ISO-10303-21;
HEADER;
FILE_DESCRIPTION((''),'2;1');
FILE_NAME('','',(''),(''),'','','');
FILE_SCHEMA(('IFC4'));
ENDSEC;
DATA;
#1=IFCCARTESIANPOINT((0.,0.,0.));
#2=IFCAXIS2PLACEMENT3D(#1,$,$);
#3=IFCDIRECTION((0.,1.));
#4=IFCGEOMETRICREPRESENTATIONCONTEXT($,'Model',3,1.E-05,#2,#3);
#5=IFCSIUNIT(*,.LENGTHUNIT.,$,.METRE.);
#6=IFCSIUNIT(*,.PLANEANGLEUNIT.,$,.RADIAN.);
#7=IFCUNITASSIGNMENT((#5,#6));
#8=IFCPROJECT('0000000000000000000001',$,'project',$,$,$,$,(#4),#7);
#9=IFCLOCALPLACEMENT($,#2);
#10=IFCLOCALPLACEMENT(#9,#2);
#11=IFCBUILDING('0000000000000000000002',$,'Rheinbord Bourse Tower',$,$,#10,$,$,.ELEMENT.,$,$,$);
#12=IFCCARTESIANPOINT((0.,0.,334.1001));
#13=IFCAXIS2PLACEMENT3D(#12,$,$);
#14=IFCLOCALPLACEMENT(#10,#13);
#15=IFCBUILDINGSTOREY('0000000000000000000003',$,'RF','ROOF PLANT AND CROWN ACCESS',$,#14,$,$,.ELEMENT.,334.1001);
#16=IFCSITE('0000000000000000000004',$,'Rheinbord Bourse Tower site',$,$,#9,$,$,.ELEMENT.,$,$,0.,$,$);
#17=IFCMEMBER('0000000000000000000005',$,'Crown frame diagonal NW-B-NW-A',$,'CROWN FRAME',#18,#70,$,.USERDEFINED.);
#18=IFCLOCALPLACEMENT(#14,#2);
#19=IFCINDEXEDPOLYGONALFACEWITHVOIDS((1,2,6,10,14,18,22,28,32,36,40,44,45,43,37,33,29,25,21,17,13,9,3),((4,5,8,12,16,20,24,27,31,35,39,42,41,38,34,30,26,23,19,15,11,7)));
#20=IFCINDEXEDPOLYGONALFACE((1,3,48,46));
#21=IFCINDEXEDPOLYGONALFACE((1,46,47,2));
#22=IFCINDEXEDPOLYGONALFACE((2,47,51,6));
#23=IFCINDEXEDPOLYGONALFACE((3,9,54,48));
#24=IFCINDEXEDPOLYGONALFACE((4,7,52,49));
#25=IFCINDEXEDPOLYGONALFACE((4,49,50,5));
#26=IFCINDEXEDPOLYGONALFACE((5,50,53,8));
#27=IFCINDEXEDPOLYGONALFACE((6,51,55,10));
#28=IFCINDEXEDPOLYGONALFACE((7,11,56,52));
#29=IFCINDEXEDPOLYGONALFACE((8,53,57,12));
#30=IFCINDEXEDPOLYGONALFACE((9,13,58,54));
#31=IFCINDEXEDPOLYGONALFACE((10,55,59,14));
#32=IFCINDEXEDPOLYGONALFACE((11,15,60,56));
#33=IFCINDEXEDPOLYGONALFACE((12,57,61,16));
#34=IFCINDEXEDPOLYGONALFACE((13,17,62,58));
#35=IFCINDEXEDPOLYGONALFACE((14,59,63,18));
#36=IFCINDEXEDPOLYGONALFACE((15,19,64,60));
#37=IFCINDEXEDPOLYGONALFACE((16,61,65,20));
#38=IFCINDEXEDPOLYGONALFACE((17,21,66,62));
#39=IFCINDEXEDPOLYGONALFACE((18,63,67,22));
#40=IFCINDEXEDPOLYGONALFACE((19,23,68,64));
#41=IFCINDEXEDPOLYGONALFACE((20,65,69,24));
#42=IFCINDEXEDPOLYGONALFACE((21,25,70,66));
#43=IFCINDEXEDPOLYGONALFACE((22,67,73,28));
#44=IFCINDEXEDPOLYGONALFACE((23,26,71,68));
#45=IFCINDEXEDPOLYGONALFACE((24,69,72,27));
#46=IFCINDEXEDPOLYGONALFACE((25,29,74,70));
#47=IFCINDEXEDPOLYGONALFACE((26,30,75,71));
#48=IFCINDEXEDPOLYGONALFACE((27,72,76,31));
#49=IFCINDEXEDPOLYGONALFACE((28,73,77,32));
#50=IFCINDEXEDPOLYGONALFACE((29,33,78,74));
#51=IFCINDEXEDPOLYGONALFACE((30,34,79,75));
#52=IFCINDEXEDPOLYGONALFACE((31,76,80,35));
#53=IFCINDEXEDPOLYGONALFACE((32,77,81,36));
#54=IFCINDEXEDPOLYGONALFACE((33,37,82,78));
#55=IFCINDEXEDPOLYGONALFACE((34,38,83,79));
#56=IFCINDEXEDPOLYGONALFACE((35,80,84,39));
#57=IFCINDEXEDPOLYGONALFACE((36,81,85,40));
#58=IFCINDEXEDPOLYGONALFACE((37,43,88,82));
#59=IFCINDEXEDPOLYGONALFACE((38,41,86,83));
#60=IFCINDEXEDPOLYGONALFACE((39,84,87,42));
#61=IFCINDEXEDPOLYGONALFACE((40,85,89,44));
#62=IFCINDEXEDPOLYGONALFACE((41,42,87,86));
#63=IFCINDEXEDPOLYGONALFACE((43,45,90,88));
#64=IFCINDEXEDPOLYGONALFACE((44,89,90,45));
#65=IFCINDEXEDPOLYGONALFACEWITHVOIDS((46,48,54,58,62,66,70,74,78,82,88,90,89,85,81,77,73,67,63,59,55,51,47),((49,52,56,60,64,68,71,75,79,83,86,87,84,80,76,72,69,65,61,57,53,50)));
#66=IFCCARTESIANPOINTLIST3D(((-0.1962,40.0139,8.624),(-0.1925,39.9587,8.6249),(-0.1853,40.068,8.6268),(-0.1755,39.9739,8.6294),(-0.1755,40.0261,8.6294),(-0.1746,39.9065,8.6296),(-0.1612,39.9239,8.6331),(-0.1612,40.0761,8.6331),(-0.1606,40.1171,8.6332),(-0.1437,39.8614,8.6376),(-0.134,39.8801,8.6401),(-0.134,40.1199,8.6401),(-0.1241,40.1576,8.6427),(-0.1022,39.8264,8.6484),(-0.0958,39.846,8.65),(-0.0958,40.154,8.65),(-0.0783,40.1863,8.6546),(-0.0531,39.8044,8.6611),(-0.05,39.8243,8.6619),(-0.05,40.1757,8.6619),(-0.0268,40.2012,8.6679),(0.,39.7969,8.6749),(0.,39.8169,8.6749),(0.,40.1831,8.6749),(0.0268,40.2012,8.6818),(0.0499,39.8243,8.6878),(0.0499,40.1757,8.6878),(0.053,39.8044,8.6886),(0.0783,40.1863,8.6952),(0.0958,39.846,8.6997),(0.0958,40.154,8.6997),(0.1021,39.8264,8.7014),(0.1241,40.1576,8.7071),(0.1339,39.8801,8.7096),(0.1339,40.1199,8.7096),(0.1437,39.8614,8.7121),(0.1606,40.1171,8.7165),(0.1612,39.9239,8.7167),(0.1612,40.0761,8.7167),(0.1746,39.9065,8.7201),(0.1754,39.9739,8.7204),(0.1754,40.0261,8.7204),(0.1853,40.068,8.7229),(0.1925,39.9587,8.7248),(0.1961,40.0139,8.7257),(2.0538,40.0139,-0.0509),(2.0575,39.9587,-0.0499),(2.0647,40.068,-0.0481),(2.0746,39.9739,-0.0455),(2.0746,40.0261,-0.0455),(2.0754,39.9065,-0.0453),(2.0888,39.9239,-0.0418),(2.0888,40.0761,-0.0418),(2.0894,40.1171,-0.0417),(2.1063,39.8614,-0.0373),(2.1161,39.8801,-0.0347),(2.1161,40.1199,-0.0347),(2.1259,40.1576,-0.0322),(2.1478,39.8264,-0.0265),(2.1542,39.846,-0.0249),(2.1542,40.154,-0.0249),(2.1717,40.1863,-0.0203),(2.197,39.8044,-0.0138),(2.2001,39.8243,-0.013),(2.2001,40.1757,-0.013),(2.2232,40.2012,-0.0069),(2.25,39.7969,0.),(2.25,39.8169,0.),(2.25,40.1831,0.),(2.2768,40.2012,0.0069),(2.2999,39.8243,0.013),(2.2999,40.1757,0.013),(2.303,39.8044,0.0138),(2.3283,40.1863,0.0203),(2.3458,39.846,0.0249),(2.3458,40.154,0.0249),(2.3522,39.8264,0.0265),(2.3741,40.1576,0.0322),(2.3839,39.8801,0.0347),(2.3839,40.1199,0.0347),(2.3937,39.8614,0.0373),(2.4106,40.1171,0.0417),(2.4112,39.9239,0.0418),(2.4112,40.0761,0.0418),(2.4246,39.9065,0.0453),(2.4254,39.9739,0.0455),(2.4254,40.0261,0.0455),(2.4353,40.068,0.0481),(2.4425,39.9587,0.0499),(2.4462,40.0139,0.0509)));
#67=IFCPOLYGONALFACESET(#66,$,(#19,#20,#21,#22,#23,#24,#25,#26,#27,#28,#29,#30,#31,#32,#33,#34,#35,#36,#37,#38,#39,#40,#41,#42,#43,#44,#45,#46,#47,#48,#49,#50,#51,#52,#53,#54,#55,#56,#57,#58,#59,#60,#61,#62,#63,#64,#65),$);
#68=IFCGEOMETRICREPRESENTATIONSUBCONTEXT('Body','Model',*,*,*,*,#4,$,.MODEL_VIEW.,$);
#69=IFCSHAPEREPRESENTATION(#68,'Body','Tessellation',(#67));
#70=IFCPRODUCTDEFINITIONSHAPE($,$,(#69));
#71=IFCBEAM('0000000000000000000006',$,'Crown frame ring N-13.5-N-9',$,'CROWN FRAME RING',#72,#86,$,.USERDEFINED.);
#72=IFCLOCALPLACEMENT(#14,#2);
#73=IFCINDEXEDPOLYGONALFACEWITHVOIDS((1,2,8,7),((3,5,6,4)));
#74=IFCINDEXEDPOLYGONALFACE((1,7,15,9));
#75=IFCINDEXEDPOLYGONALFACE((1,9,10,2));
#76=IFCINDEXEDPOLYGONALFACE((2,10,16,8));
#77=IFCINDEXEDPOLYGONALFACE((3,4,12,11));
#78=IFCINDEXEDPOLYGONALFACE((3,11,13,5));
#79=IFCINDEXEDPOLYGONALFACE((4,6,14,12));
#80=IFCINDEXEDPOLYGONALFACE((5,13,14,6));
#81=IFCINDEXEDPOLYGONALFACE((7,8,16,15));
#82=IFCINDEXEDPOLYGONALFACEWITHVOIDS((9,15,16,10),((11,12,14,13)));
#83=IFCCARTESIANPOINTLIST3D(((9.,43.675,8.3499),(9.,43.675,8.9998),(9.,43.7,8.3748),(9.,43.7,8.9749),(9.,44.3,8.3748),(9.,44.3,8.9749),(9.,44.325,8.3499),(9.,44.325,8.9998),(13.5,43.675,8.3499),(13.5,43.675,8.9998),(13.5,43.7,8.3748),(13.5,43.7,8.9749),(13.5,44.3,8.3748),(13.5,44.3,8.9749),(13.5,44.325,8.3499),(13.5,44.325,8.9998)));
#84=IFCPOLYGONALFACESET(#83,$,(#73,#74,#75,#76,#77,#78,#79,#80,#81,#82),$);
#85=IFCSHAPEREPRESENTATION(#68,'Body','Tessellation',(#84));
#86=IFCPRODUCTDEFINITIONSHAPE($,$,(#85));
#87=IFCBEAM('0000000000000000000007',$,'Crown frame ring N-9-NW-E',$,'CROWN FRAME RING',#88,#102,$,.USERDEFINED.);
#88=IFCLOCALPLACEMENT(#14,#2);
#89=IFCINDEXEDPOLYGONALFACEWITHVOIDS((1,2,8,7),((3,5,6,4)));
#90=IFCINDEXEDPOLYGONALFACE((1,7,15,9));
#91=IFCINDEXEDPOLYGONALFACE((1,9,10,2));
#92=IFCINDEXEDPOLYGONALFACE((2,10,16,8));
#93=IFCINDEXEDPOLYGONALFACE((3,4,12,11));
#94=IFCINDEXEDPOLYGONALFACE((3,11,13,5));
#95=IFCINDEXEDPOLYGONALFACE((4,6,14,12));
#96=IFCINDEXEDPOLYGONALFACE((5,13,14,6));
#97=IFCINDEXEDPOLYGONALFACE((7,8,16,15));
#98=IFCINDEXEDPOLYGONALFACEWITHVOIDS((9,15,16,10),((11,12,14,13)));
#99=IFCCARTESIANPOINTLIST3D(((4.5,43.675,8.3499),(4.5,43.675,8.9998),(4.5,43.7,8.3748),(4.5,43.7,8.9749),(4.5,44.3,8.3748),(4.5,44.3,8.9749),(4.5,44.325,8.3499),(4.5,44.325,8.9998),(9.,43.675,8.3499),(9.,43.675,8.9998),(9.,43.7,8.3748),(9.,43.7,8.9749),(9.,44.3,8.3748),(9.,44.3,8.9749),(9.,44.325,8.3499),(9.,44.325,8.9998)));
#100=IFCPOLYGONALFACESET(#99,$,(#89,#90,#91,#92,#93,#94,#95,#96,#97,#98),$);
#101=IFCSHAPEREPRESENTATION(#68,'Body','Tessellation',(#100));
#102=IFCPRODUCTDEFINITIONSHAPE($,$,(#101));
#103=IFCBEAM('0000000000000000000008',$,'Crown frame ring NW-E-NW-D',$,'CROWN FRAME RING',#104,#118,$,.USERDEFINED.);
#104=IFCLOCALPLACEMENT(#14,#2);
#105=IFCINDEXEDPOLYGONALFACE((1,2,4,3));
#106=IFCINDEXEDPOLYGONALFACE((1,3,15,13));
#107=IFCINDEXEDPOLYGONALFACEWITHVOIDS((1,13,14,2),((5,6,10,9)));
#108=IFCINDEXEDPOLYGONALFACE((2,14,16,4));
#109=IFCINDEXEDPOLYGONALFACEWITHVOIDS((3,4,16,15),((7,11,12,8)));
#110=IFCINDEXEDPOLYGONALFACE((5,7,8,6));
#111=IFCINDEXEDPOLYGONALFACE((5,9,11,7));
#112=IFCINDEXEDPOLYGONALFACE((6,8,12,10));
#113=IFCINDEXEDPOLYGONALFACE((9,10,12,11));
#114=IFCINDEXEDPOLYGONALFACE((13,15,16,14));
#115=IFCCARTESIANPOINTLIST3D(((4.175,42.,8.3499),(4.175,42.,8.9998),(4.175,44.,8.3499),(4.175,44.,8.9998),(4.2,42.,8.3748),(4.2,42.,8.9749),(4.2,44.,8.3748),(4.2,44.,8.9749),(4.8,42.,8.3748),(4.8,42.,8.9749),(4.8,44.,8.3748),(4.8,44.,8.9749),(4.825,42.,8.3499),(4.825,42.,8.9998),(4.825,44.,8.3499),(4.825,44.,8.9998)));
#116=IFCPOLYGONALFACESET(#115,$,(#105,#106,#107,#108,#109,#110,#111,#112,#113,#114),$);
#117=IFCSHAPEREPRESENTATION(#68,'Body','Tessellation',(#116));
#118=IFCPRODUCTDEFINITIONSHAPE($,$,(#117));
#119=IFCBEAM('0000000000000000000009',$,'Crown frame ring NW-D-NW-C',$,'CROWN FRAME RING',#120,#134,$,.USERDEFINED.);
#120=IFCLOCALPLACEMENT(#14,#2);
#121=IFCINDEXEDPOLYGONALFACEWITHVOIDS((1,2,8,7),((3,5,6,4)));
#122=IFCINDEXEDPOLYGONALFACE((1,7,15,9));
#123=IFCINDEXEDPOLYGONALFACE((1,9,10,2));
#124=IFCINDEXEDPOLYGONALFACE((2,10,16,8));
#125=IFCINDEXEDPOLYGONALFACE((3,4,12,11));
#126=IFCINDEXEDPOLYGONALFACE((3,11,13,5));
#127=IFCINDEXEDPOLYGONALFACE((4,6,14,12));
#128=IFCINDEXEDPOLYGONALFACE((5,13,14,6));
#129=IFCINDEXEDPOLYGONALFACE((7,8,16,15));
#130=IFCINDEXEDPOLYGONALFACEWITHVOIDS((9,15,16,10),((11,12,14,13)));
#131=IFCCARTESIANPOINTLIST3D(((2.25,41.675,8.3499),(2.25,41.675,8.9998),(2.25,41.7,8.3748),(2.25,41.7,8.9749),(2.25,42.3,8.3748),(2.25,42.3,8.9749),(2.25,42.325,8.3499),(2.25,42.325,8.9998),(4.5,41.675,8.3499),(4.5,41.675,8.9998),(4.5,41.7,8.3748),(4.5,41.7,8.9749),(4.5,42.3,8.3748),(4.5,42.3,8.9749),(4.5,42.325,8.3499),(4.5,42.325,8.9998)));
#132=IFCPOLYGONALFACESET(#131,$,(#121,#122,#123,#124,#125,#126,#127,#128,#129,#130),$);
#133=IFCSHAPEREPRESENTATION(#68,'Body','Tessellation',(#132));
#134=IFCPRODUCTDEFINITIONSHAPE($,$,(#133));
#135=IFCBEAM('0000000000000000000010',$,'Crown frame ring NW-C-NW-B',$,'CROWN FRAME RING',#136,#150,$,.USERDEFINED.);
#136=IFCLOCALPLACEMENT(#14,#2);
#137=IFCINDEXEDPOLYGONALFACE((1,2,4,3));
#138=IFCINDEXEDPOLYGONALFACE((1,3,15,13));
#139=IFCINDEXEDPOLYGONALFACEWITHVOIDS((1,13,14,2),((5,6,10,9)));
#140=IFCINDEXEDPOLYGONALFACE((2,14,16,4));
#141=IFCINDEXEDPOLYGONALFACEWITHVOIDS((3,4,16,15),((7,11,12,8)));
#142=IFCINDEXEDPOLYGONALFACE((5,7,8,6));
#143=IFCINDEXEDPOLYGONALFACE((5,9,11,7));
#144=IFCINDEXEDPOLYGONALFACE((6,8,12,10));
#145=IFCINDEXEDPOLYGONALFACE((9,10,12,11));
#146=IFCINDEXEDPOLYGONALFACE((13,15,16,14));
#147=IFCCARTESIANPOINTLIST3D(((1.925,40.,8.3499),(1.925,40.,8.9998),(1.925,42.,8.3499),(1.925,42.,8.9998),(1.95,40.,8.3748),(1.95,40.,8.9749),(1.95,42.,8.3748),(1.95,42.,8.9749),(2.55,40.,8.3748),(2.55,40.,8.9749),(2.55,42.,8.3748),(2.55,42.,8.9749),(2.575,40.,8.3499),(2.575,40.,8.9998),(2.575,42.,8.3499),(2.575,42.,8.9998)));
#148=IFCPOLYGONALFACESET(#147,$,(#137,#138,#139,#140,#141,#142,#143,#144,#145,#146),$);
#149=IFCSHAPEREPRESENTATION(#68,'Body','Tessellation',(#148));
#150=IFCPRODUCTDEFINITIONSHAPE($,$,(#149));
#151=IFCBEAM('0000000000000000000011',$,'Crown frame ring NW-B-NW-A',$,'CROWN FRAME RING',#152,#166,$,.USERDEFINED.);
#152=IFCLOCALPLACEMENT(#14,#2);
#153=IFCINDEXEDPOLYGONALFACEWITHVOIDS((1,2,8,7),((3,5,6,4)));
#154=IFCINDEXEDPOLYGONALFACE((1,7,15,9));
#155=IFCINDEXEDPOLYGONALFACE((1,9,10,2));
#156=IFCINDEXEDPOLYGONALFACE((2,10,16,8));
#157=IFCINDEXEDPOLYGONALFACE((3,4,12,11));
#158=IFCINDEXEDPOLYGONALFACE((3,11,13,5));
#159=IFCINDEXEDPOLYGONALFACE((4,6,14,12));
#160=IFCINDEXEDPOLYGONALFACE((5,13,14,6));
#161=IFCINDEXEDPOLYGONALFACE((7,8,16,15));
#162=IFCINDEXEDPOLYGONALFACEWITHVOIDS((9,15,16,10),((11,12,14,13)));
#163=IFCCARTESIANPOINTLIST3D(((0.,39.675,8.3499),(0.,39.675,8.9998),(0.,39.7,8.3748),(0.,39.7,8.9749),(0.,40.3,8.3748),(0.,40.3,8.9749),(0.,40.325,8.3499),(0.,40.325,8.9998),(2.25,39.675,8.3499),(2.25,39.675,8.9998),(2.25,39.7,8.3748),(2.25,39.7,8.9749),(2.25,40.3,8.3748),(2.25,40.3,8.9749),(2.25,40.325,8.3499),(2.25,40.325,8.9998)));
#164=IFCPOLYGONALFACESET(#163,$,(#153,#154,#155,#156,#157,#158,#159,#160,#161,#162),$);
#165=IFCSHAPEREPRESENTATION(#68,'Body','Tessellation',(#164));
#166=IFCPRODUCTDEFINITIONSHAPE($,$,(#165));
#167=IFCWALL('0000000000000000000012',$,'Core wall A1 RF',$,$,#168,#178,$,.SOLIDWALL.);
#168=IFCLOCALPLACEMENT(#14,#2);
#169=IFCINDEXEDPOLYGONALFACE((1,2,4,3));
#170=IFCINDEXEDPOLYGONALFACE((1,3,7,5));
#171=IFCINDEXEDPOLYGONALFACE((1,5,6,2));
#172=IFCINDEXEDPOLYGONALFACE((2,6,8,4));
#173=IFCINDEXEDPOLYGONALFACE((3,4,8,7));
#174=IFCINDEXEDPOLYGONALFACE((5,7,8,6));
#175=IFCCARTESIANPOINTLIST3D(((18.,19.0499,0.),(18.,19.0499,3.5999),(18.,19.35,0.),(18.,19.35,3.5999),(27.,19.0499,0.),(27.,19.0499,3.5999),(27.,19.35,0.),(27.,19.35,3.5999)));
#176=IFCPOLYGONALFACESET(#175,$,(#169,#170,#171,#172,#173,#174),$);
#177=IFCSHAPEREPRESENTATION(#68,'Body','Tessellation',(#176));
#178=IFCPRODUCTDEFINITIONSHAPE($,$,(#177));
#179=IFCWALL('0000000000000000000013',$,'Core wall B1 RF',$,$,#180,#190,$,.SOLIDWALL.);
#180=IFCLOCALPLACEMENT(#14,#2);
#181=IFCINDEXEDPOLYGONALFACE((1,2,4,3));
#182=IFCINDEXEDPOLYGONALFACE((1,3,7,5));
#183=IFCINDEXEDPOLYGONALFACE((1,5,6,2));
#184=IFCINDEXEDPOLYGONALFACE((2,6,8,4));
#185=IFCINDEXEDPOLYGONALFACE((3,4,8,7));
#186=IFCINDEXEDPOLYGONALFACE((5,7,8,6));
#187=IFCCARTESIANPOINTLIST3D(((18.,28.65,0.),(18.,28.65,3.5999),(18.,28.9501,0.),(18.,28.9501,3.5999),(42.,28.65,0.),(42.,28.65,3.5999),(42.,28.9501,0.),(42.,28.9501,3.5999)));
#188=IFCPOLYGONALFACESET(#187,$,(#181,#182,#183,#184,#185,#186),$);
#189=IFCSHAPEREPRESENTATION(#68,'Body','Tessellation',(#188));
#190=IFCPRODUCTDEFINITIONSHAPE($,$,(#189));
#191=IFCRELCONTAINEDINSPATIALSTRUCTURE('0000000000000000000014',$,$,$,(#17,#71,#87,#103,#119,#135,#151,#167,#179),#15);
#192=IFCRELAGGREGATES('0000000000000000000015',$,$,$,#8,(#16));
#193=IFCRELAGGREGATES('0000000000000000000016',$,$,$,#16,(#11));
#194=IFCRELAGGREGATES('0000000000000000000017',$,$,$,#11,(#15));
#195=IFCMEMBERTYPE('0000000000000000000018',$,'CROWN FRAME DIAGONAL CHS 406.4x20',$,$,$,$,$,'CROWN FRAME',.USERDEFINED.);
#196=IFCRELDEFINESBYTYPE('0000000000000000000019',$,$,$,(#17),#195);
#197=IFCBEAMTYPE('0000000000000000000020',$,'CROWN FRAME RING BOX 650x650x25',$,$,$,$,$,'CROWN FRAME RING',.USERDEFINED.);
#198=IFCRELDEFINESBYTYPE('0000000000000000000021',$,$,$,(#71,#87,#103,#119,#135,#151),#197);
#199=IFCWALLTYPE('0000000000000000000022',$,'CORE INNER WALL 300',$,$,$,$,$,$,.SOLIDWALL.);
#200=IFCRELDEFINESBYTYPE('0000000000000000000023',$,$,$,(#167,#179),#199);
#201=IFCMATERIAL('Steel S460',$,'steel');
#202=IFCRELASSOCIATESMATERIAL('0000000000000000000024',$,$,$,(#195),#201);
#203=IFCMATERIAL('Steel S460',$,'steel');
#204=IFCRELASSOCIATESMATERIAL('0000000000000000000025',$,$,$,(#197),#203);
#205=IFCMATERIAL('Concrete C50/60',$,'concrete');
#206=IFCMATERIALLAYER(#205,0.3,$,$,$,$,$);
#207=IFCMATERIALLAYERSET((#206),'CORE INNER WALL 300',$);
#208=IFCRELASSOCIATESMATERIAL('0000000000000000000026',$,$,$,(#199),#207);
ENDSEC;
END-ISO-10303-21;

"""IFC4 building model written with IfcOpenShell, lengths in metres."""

from ifc_helpers import new_model, si_unit, direction, frame, frame_2d, origin, origin_2d, place, context, subcontext, project, spatial, rectangle, hollow_rectangle, hollow_circle, extrude, material, layer, layer_set, material_profile, profile_set, type_object, element, save


model = new_model("IFC4")

# Units and contexts
model_context = context("Model", 3, precision=1e-05, world=origin(), true_north=direction((0.0, 1.0)))
body_context = subcontext(model_context, "Body", "Model", "MODEL_VIEW")
ifc_project = project(units=[si_unit("LENGTHUNIT", "METRE"), si_unit("PLANEANGLEUNIT", "RADIAN")], contexts=[model_context])

# Site, building, storey
site_placement = place(None, origin())
site = spatial("IfcSite", under=ifc_project, at=site_placement, Name="Rheinbord Bourse Tower site", CompositionType="ELEMENT", RefElevation=0.0)
building_placement = place(site_placement, origin())
building = spatial("IfcBuilding", under=site, at=building_placement, Name="Rheinbord Bourse Tower", CompositionType="ELEMENT")
storey_placement = place(building_placement, frame((0.0, 0.0, 334.1001)))
storey = spatial("IfcBuildingStorey", under=building, at=storey_placement, Name="RF", Description="ROOF PLANT AND CROWN ACCESS", CompositionType="ELEMENT", Elevation=334.1001)

# Member
ifc_material_1 = material(Name="Steel S460", Category="steel")
ifc_material_profile_1 = material_profile(ifc_material_1, hollow_circle(Radius=0.2031, WallThickness=0.02, at=origin_2d()), Name="CHS 406.4x20")
ifc_profile_set_1 = profile_set([ifc_material_profile_1], Name="Steel S460")
member_type = type_object("IfcMemberType", Name="CROWN FRAME DIAGONAL CHS 406.4x20", ElementType="CROWN FRAME", PredefinedType="USERDEFINED", material=ifc_profile_set_1)
member_1_placement = place(storey_placement, frame((2.25, 40.0, 0.0), z_axis=(-0.251064, 0.0, 0.96797), x_axis=(0.0, -1.0, 0.0)))
element("IfcMember", 1, at=member_1_placement, inside=storey, type_object=member_type, Name="Crown frame diagonal NW-B-NW-A", ObjectType="CROWN FRAME", PredefinedType="USERDEFINED", context=body_context, shape_type="SweptSolid", body=[
    extrude(hollow_circle(Radius=0.2031, WallThickness=0.02, at=origin_2d()), origin(), (0.0, 0.0, 1.0), 8.9619),
])

# Beams
ifc_material_2 = material(Name="Steel S460", Category="steel")
ifc_material_profile_2 = material_profile(ifc_material_2, hollow_rectangle(XDim=0.6499, YDim=0.6499, WallThickness=0.0249, at=origin_2d()), Name="BOX 650x650x25")
ifc_profile_set_2 = profile_set([ifc_material_profile_2], Name="Steel S460")
beam_type = type_object("IfcBeamType", Name="CROWN FRAME RING BOX 650x650x25", ElementType="CROWN FRAME RING", PredefinedType="USERDEFINED", material=ifc_profile_set_2)
for number, where, z_axis, x_axis, name in (
    (2, (13.5, 44.0, 8.6748), (-1.0, 0.0, 0.0), (0.0, -1.0, 0.0), "Crown frame ring N-13.5-N-9"),
    (3, (9.0, 44.0, 8.6748), (-1.0, 0.0, 0.0), (0.0, -1.0, 0.0), "Crown frame ring N-9-NW-E"),
):
    element("IfcBeam", number, at=place(storey_placement, frame(where, z_axis=z_axis, x_axis=x_axis)), inside=storey, type_object=beam_type, Name=name, ObjectType="CROWN FRAME RING", PredefinedType="USERDEFINED", context=body_context, shape_type="SweptSolid", body=[
        extrude(hollow_rectangle(XDim=0.6499, YDim=0.6499, WallThickness=0.0249, at=origin_2d()), origin(), (0.0, 0.0, 1.0), 4.5),
    ])
beam_1_placement = place(storey_placement, frame((4.5, 44.0, 8.6748), z_axis=(0.0, -1.0, 0.0), x_axis=(1.0, 0.0, 0.0)))
element("IfcBeam", 4, at=beam_1_placement, inside=storey, type_object=beam_type, Name="Crown frame ring NW-E-NW-D", ObjectType="CROWN FRAME RING", PredefinedType="USERDEFINED", context=body_context, shape_type="SweptSolid", body=[
    extrude(hollow_rectangle(XDim=0.6499, YDim=0.6499, WallThickness=0.0249, at=origin_2d()), origin(), (0.0, 0.0, 1.0), 2.0),
])
beam_2_placement = place(storey_placement, frame((4.5, 42.0, 8.6748), z_axis=(-1.0, 0.0, 0.0), x_axis=(0.0, -1.0, 0.0)))
element("IfcBeam", 5, at=beam_2_placement, inside=storey, type_object=beam_type, Name="Crown frame ring NW-D-NW-C", ObjectType="CROWN FRAME RING", PredefinedType="USERDEFINED", context=body_context, shape_type="SweptSolid", body=[
    extrude(hollow_rectangle(XDim=0.6499, YDim=0.6499, WallThickness=0.0249, at=origin_2d()), origin(), (0.0, 0.0, 1.0), 2.25),
])
beam_3_placement = place(storey_placement, frame((2.25, 42.0, 8.6748), z_axis=(0.0, -1.0, 0.0), x_axis=(1.0, 0.0, 0.0)))
element("IfcBeam", 6, at=beam_3_placement, inside=storey, type_object=beam_type, Name="Crown frame ring NW-C-NW-B", ObjectType="CROWN FRAME RING", PredefinedType="USERDEFINED", context=body_context, shape_type="SweptSolid", body=[
    extrude(hollow_rectangle(XDim=0.6499, YDim=0.6499, WallThickness=0.0249, at=origin_2d()), origin(), (0.0, 0.0, 1.0), 2.0),
])
beam_4_placement = place(storey_placement, frame((2.25, 40.0, 8.6748), z_axis=(-1.0, 0.0, 0.0), x_axis=(0.0, -1.0, 0.0)))
element("IfcBeam", 7, at=beam_4_placement, inside=storey, type_object=beam_type, Name="Crown frame ring NW-B-NW-A", ObjectType="CROWN FRAME RING", PredefinedType="USERDEFINED", context=body_context, shape_type="SweptSolid", body=[
    extrude(hollow_rectangle(XDim=0.6499, YDim=0.6499, WallThickness=0.0249, at=origin_2d()), origin(), (0.0, 0.0, 1.0), 2.25),
])

# Walls
ifc_material_3 = material(Name="Concrete C50/60", Category="concrete")
ifc_layer_1 = layer(ifc_material_3, 0.3)
ifc_layer_set_1 = layer_set([ifc_layer_1], Name="CORE INNER WALL 300")
wall_type_1 = type_object("IfcWallType", Name="CORE INNER WALL 300", PredefinedType="SOLIDWALL", material=ifc_layer_set_1)
wall_1_placement = place(storey_placement, frame((18.0, 19.2, 0.0), z_axis=(0.0, 0.0, 1.0), x_axis=(1.0, 0.0, 0.0)))
element("IfcWall", 8, at=wall_1_placement, inside=storey, type_object=wall_type_1, Name="Core wall A1 RF", PredefinedType="SOLIDWALL", context=body_context, shape_type="SweptSolid", body=[
    extrude(rectangle(XDim=9.0, YDim=0.3, at=frame_2d((4.5, 0.0))), origin(), (0.0, 0.0, 1.0), 3.5999),
])
wall_2_placement = place(storey_placement, frame((18.0, 28.8, 0.0), z_axis=(0.0, 0.0, 1.0), x_axis=(1.0, 0.0, 0.0)))
element("IfcWall", 9, at=wall_2_placement, inside=storey, type_object=wall_type_1, Name="Core wall B1 RF", PredefinedType="SOLIDWALL", context=body_context, shape_type="SweptSolid", body=[
    extrude(rectangle(XDim=24.0, YDim=0.3, at=frame_2d((12.0, 0.0))), origin(), (0.0, 0.0, 1.0), 3.5999),
])

save(model, "model.ifc")
